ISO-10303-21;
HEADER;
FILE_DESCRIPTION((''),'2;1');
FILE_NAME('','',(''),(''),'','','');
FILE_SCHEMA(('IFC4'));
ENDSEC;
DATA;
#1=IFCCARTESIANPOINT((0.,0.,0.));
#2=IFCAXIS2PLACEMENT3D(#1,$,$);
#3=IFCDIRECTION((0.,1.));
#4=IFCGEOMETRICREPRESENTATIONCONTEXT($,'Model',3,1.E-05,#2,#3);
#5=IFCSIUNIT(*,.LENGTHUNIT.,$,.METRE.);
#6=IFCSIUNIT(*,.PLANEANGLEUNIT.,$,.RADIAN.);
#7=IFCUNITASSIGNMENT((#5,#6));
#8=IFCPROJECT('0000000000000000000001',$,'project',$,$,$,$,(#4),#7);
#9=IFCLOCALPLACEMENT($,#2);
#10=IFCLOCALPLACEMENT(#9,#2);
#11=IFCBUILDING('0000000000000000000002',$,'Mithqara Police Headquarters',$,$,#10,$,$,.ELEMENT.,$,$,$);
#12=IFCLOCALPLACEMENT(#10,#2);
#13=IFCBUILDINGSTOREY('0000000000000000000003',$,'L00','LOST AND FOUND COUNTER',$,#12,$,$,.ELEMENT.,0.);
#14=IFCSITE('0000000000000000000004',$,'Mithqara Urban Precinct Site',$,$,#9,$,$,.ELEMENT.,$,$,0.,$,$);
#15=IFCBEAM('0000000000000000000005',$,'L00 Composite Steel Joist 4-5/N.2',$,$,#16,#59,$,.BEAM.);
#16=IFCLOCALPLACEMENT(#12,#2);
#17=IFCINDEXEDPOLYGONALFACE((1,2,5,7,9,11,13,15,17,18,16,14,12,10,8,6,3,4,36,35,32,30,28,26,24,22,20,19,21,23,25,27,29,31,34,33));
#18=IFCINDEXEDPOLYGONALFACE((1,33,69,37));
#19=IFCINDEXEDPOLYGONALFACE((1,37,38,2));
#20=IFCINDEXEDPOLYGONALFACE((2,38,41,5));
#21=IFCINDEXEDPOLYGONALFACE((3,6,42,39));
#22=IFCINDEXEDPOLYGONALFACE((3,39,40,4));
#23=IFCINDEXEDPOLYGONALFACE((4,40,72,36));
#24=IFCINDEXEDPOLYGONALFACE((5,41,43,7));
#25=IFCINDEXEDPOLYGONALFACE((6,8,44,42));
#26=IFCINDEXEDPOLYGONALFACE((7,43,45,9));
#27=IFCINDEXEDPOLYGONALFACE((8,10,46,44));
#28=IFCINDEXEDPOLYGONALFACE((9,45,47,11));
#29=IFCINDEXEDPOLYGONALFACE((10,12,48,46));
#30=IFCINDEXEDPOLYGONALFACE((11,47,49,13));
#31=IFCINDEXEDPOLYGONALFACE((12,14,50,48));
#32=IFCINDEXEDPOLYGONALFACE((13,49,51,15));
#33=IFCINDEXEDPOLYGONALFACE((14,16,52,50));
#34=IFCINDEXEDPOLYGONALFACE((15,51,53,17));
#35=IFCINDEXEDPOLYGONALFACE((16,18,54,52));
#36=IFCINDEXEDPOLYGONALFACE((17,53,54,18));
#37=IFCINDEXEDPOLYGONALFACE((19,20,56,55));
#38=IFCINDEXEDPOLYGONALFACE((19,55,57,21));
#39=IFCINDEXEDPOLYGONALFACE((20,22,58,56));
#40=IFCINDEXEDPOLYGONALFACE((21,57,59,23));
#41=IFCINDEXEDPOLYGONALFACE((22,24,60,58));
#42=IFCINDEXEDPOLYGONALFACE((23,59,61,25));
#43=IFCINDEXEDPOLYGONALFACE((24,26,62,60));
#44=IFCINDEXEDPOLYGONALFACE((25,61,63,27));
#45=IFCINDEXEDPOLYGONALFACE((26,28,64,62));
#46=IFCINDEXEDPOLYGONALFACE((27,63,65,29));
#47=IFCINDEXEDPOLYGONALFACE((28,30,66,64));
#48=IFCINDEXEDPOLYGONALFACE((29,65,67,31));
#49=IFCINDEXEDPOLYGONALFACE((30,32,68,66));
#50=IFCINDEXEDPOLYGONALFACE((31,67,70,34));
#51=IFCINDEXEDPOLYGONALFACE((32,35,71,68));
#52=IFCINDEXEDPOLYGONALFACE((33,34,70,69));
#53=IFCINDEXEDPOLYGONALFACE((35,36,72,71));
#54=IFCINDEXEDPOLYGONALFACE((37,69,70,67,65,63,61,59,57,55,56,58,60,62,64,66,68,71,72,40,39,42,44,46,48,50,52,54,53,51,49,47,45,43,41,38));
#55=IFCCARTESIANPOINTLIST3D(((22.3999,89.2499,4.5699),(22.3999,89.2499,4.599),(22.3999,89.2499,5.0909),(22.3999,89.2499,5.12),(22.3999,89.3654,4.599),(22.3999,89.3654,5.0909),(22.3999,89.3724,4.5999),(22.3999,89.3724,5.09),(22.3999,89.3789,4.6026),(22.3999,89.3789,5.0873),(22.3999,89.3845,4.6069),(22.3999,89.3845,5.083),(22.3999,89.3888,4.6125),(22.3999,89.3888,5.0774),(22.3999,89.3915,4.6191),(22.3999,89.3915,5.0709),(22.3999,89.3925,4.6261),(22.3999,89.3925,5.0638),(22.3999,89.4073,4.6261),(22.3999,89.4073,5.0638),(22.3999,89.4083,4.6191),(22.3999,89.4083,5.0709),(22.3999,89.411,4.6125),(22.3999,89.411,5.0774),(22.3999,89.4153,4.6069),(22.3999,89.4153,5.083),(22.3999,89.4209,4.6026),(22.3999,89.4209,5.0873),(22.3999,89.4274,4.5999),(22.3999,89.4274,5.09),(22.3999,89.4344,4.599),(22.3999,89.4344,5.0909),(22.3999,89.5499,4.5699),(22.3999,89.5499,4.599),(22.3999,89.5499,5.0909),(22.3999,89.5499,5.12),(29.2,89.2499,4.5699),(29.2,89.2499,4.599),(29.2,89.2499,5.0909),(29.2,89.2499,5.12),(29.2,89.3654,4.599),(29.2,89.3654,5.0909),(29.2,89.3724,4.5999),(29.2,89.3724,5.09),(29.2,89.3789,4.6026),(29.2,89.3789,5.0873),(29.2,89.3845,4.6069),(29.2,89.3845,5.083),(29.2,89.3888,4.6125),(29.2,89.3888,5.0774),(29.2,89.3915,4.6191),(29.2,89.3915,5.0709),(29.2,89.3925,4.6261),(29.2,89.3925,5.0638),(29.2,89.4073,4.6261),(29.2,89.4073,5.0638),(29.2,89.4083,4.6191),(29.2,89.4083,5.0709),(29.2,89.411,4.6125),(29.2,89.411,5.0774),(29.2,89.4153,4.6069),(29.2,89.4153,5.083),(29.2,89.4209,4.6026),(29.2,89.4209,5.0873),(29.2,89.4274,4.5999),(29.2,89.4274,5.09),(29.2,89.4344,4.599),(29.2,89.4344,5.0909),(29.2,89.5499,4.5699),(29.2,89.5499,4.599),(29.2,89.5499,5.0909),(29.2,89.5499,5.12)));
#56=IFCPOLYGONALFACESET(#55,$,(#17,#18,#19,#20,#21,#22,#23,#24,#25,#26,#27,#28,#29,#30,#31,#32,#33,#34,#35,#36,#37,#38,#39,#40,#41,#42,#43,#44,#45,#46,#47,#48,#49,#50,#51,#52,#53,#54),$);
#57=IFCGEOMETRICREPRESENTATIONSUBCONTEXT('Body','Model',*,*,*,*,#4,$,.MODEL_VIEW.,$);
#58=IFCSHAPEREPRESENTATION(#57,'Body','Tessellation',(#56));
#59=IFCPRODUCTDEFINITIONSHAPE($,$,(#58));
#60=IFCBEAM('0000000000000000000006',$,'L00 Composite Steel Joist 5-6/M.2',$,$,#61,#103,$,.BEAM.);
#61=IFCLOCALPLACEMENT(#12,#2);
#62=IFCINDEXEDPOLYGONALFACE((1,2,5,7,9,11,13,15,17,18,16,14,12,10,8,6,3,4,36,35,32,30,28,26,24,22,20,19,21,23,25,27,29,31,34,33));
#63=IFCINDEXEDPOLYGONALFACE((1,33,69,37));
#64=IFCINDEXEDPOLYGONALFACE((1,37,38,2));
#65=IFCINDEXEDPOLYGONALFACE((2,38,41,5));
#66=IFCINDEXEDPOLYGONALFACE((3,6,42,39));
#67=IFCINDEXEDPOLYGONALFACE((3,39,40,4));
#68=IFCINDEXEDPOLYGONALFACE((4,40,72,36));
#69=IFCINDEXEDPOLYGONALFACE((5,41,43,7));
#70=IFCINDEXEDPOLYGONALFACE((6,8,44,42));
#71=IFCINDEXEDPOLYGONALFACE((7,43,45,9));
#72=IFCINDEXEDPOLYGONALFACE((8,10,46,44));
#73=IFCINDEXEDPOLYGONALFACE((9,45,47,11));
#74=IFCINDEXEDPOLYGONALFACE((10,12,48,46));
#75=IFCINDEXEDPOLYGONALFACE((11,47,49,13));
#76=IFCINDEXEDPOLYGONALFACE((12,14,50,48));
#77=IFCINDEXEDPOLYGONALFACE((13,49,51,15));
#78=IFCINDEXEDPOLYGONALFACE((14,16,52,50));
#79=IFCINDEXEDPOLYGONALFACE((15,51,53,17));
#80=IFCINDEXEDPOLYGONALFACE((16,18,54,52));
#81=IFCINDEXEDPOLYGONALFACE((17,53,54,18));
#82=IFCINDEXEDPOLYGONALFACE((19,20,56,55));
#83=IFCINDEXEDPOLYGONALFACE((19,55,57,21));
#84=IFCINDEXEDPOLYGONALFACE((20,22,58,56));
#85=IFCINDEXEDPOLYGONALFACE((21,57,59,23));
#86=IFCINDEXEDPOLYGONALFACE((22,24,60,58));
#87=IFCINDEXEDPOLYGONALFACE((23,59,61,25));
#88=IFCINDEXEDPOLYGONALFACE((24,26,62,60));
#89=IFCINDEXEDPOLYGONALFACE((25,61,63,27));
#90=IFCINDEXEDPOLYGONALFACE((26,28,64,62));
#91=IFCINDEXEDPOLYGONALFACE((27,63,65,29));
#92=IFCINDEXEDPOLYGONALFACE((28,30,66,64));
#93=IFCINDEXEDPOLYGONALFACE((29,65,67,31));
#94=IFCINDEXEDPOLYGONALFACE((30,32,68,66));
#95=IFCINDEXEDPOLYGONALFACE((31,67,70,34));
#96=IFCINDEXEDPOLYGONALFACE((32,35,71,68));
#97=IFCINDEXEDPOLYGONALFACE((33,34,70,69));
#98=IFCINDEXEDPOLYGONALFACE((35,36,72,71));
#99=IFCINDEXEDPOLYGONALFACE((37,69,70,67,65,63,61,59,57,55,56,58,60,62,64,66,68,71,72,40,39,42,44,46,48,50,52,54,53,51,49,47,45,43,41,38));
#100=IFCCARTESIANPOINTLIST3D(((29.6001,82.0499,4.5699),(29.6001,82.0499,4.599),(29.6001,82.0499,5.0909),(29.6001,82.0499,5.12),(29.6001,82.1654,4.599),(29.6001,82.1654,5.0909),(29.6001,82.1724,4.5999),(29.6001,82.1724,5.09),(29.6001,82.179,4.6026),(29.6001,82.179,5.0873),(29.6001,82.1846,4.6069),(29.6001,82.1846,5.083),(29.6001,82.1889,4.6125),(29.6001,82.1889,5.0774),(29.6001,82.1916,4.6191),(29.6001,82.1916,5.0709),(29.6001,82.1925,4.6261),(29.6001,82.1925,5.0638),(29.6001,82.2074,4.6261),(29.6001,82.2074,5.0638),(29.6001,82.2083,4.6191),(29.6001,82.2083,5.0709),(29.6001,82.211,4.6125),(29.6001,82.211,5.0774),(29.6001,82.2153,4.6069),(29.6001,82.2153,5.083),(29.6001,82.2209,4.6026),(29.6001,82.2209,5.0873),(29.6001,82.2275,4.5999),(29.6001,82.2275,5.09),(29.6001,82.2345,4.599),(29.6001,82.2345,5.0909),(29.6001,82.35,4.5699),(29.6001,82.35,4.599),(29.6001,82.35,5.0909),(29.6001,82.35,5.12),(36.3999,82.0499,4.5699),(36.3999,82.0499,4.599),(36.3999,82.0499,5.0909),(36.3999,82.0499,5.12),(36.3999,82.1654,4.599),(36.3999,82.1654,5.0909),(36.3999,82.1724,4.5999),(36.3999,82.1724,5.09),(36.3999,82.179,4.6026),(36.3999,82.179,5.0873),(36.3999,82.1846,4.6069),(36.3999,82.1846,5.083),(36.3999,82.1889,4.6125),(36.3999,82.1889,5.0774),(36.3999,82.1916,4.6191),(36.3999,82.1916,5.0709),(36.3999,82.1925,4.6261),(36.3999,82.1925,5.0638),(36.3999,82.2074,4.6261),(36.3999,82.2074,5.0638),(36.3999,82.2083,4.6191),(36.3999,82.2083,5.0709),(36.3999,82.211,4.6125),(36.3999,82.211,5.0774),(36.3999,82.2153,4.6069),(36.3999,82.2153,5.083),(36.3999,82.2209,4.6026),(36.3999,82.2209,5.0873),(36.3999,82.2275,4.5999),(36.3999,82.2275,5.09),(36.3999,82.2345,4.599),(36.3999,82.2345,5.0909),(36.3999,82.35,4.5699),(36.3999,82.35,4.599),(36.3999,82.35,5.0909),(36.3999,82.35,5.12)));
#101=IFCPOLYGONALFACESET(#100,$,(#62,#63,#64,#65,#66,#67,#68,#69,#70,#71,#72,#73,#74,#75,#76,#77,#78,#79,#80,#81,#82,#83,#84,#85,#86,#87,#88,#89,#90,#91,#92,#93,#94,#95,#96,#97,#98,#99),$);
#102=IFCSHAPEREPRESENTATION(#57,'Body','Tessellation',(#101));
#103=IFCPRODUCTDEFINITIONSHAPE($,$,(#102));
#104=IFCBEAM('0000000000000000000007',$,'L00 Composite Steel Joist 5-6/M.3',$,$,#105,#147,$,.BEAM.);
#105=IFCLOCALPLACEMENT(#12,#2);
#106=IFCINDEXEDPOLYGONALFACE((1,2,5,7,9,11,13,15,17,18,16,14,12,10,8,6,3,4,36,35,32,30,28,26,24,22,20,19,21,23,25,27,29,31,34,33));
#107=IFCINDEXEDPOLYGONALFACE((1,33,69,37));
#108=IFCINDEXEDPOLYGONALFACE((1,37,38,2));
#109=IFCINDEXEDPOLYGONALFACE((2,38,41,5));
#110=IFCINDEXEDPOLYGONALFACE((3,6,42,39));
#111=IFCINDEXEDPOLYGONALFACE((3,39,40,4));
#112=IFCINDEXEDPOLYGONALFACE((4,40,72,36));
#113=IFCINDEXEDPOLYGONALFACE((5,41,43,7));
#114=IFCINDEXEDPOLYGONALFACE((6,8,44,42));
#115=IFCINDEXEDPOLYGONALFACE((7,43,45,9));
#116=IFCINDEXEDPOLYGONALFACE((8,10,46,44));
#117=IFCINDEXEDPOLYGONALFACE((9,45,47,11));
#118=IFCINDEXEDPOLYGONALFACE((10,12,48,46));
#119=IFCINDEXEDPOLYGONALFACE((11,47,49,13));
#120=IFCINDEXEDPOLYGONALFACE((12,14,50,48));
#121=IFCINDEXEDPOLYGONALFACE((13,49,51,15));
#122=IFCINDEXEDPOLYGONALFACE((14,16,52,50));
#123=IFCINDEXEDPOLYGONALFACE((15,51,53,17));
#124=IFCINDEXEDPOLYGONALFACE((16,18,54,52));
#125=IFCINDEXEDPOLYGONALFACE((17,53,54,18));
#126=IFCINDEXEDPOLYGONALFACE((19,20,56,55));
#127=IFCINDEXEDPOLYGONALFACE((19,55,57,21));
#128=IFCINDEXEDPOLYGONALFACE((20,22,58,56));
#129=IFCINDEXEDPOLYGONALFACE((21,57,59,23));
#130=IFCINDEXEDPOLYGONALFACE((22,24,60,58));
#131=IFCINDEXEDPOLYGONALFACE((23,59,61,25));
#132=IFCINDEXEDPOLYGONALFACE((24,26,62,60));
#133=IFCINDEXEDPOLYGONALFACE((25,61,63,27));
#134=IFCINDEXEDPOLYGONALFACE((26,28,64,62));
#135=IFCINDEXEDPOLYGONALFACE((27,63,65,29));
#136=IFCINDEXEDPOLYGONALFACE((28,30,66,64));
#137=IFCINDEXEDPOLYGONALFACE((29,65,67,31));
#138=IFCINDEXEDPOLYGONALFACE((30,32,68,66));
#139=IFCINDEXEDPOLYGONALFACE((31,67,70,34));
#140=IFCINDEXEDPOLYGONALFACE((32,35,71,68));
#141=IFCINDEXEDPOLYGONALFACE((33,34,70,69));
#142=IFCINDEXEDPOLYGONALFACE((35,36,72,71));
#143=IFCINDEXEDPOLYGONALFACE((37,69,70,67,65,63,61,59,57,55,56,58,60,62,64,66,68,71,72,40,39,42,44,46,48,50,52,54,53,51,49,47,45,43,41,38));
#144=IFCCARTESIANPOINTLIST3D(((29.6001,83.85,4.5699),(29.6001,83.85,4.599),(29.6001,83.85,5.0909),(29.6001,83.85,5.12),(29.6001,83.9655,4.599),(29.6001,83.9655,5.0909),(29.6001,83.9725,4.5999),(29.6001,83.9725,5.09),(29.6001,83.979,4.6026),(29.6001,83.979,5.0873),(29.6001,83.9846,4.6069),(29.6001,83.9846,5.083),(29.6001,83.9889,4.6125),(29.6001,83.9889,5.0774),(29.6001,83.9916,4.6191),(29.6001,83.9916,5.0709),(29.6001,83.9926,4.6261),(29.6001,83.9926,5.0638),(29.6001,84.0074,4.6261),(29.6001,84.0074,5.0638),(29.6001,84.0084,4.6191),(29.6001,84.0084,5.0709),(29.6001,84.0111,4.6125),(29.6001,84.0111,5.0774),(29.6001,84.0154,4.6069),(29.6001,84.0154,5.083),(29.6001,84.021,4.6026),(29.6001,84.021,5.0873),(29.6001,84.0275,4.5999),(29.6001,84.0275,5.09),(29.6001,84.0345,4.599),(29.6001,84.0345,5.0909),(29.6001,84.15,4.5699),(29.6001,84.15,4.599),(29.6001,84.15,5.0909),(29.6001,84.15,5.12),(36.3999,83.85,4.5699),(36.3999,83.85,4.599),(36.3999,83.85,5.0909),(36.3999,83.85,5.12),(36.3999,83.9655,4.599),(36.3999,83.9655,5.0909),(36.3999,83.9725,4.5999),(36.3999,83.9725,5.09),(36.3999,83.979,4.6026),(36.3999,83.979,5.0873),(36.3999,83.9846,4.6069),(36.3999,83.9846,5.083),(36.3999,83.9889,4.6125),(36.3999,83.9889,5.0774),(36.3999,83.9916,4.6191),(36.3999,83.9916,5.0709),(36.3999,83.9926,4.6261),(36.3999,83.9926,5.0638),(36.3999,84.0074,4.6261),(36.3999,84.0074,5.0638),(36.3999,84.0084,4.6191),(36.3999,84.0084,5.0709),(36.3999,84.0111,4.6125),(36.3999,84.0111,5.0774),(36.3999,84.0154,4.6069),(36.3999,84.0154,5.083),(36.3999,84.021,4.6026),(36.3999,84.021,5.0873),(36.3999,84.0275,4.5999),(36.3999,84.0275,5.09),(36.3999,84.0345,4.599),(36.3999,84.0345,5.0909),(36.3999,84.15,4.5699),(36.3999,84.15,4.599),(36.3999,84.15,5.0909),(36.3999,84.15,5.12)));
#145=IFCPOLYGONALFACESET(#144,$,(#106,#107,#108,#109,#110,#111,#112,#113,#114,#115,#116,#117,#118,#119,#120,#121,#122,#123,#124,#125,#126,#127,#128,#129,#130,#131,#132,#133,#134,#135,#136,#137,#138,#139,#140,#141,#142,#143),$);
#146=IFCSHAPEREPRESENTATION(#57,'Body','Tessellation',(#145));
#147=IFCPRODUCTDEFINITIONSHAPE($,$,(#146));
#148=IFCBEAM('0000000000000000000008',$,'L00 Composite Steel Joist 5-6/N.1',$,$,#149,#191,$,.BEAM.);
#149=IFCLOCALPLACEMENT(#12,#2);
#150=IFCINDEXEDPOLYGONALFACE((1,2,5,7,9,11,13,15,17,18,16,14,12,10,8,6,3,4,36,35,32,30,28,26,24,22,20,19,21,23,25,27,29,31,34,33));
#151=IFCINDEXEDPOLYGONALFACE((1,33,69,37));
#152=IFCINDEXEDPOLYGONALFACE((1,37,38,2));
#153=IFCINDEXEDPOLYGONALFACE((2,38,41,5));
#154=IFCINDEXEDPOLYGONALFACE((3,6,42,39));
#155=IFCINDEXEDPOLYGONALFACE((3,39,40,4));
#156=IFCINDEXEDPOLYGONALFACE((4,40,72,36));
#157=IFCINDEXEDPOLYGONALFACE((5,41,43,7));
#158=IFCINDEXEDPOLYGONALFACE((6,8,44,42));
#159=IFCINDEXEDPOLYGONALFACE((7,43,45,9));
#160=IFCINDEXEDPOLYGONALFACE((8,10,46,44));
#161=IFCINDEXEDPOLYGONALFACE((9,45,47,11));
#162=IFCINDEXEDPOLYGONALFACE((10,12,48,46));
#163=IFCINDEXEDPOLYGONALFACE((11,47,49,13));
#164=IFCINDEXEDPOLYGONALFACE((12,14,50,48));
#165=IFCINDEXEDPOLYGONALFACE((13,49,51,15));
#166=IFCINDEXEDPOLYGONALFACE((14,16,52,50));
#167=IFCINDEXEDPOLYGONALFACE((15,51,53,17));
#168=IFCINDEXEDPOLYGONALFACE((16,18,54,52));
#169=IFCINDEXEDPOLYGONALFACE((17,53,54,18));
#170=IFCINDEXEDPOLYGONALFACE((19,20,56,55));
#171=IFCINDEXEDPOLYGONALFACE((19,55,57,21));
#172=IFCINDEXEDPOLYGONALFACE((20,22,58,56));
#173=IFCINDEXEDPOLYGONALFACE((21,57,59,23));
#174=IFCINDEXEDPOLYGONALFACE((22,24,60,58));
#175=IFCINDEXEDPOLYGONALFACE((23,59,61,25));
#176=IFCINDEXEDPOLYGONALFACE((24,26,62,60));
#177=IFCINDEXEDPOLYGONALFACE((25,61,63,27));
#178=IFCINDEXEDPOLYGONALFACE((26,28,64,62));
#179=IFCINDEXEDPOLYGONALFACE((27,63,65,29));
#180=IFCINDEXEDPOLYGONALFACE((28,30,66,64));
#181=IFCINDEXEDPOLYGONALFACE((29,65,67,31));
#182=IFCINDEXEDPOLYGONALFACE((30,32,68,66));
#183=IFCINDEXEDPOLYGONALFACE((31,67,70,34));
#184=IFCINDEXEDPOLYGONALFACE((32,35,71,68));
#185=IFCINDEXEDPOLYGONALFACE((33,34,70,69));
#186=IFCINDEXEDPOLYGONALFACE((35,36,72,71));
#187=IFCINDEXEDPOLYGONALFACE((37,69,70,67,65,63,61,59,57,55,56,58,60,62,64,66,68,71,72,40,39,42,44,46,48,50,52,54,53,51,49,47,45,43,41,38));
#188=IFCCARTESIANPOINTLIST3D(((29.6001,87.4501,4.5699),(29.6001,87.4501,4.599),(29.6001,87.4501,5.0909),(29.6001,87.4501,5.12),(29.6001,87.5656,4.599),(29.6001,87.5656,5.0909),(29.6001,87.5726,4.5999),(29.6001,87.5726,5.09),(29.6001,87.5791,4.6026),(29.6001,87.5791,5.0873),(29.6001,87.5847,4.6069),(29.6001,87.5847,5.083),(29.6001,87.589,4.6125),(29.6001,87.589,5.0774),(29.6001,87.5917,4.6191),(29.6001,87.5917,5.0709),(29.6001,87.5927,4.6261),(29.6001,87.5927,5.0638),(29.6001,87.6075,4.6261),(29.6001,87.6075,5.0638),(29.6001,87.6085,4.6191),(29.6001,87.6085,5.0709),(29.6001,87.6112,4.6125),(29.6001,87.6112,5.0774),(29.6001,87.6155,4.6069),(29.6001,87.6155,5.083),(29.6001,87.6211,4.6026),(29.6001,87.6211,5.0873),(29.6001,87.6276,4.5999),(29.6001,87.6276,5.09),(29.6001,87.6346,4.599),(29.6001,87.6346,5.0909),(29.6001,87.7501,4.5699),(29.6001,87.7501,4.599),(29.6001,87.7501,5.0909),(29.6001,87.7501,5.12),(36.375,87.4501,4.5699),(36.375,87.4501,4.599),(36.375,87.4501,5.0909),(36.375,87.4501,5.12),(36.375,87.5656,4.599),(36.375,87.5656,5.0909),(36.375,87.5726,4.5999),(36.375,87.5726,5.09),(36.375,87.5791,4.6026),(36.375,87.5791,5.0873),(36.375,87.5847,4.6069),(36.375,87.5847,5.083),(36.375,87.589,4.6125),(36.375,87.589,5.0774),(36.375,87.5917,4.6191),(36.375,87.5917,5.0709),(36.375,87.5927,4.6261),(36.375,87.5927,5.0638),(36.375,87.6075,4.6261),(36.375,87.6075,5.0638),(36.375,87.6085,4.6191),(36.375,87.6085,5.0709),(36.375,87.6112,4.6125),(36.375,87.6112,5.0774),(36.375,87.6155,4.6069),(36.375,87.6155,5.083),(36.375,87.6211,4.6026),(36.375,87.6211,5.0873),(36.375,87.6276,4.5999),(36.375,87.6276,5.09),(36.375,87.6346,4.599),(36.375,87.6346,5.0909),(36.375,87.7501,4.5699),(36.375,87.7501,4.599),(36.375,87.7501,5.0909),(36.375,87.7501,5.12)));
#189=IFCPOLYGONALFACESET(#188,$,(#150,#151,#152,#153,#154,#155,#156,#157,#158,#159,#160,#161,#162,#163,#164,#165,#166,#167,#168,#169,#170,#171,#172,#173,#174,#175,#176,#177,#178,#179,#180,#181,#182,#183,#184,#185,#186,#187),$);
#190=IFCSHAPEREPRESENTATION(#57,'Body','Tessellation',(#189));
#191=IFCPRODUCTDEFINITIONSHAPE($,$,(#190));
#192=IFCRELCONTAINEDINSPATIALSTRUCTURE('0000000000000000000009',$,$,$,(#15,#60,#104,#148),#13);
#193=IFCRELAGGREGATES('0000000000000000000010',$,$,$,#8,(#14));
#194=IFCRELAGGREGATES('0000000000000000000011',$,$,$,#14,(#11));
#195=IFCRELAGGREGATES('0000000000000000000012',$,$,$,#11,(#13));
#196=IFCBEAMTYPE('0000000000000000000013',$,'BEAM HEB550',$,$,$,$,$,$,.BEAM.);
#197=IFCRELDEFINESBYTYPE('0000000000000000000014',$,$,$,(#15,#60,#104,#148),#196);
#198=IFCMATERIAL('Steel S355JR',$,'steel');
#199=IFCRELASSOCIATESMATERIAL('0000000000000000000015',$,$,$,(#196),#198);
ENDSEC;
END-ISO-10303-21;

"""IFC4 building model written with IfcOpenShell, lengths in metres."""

from ifc_helpers import new_model, si_unit, direction, frame, origin, origin_2d, place, context, subcontext, project, spatial, i_section, extrude, material, material_profile, profile_set, type_object, element, save


model = new_model("IFC4")

# Units and contexts
model_context = context("Model", 3, precision=1e-05, world=origin(), true_north=direction((0.0, 1.0)))
body_context = subcontext(model_context, "Body", "Model", "MODEL_VIEW")
ifc_project = project(units=[si_unit("LENGTHUNIT", "METRE"), si_unit("PLANEANGLEUNIT", "RADIAN")], contexts=[model_context])

# Site, building, storey
site_placement = place(None, origin())
site = spatial("IfcSite", under=ifc_project, at=site_placement, Name="Mithqara Urban Precinct Site", CompositionType="ELEMENT", RefElevation=0.0)
building_placement = place(site_placement, origin())
building = spatial("IfcBuilding", under=site, at=building_placement, Name="Mithqara Police Headquarters", CompositionType="ELEMENT")
storey_placement = place(building_placement, origin())
storey = spatial("IfcBuildingStorey", under=building, at=storey_placement, Name="L00", Description="LOST AND FOUND COUNTER", CompositionType="ELEMENT", Elevation=0.0)

# Beams
ifc_material_1 = material(Name="Steel S355JR", Category="steel")
ifc_material_profile_1 = material_profile(ifc_material_1, i_section(OverallWidth=0.3, OverallDepth=0.55, WebThickness=0.0149, FlangeThickness=0.0291, FilletRadius=0.0271, at=origin_2d()), Name="HEB 550")
ifc_profile_set_1 = profile_set([ifc_material_profile_1], Name="Steel S355JR")
beam_type_1 = type_object("IfcBeamType", Name="BEAM HEB550", PredefinedType="BEAM", material=ifc_profile_set_1)
for number, where, z_axis, x_axis, name in (
    (1, (22.3999, 89.3999, 4.845), (1.0, 0.0, 0.0), (0.0, 1.0, 0.0), "L00 Composite Steel Joist 4-5/N.2"),
):
    element("IfcBeam", number, at=place(storey_placement, frame(where, z_axis=z_axis, x_axis=x_axis)), inside=storey, type_object=beam_type_1, Name=name, PredefinedType="BEAM", context=body_context, shape_type="SweptSolid", body=[
        extrude(i_section(OverallWidth=0.3, OverallDepth=0.55, WebThickness=0.0149, FlangeThickness=0.0291, FilletRadius=0.0271, at=origin_2d()), origin(), (0.0, 0.0, 1.0), 6.8),
    ])
for number, where, z_axis, x_axis, name in (
    (2, (29.6001, 82.2, 4.845), (1.0, 0.0, 0.0), (0.0, 1.0, 0.0), "L00 Composite Steel Joist 5-6/M.2"),
    (3, (29.6001, 84.0, 4.845), (1.0, 0.0, 0.0), (0.0, 1.0, 0.0), "L00 Composite Steel Joist 5-6/M.3"),
):
    element("IfcBeam", number, at=place(storey_placement, frame(where, z_axis=z_axis, x_axis=x_axis)), inside=storey, type_object=beam_type_1, Name=name, PredefinedType="BEAM", context=body_context, shape_type="SweptSolid", body=[
        extrude(i_section(OverallWidth=0.3, OverallDepth=0.55, WebThickness=0.0149, FlangeThickness=0.0291, FilletRadius=0.0271, at=origin_2d()), origin(), (0.0, 0.0, 1.0), 6.7998),
    ])
for number, where, z_axis, x_axis, name in (
    (4, (29.6001, 87.6001, 4.845), (1.0, 0.0, 0.0), (0.0, 1.0, 0.0), "L00 Composite Steel Joist 5-6/N.1"),
):
    element("IfcBeam", number, at=place(storey_placement, frame(where, z_axis=z_axis, x_axis=x_axis)), inside=storey, type_object=beam_type_1, Name=name, PredefinedType="BEAM", context=body_context, shape_type="SweptSolid", body=[
        extrude(i_section(OverallWidth=0.3, OverallDepth=0.55, WebThickness=0.0149, FlangeThickness=0.0291, FilletRadius=0.0271, at=origin_2d()), origin(), (0.0, 0.0, 1.0), 6.7749),
    ])

save(model, "model.ifc")
